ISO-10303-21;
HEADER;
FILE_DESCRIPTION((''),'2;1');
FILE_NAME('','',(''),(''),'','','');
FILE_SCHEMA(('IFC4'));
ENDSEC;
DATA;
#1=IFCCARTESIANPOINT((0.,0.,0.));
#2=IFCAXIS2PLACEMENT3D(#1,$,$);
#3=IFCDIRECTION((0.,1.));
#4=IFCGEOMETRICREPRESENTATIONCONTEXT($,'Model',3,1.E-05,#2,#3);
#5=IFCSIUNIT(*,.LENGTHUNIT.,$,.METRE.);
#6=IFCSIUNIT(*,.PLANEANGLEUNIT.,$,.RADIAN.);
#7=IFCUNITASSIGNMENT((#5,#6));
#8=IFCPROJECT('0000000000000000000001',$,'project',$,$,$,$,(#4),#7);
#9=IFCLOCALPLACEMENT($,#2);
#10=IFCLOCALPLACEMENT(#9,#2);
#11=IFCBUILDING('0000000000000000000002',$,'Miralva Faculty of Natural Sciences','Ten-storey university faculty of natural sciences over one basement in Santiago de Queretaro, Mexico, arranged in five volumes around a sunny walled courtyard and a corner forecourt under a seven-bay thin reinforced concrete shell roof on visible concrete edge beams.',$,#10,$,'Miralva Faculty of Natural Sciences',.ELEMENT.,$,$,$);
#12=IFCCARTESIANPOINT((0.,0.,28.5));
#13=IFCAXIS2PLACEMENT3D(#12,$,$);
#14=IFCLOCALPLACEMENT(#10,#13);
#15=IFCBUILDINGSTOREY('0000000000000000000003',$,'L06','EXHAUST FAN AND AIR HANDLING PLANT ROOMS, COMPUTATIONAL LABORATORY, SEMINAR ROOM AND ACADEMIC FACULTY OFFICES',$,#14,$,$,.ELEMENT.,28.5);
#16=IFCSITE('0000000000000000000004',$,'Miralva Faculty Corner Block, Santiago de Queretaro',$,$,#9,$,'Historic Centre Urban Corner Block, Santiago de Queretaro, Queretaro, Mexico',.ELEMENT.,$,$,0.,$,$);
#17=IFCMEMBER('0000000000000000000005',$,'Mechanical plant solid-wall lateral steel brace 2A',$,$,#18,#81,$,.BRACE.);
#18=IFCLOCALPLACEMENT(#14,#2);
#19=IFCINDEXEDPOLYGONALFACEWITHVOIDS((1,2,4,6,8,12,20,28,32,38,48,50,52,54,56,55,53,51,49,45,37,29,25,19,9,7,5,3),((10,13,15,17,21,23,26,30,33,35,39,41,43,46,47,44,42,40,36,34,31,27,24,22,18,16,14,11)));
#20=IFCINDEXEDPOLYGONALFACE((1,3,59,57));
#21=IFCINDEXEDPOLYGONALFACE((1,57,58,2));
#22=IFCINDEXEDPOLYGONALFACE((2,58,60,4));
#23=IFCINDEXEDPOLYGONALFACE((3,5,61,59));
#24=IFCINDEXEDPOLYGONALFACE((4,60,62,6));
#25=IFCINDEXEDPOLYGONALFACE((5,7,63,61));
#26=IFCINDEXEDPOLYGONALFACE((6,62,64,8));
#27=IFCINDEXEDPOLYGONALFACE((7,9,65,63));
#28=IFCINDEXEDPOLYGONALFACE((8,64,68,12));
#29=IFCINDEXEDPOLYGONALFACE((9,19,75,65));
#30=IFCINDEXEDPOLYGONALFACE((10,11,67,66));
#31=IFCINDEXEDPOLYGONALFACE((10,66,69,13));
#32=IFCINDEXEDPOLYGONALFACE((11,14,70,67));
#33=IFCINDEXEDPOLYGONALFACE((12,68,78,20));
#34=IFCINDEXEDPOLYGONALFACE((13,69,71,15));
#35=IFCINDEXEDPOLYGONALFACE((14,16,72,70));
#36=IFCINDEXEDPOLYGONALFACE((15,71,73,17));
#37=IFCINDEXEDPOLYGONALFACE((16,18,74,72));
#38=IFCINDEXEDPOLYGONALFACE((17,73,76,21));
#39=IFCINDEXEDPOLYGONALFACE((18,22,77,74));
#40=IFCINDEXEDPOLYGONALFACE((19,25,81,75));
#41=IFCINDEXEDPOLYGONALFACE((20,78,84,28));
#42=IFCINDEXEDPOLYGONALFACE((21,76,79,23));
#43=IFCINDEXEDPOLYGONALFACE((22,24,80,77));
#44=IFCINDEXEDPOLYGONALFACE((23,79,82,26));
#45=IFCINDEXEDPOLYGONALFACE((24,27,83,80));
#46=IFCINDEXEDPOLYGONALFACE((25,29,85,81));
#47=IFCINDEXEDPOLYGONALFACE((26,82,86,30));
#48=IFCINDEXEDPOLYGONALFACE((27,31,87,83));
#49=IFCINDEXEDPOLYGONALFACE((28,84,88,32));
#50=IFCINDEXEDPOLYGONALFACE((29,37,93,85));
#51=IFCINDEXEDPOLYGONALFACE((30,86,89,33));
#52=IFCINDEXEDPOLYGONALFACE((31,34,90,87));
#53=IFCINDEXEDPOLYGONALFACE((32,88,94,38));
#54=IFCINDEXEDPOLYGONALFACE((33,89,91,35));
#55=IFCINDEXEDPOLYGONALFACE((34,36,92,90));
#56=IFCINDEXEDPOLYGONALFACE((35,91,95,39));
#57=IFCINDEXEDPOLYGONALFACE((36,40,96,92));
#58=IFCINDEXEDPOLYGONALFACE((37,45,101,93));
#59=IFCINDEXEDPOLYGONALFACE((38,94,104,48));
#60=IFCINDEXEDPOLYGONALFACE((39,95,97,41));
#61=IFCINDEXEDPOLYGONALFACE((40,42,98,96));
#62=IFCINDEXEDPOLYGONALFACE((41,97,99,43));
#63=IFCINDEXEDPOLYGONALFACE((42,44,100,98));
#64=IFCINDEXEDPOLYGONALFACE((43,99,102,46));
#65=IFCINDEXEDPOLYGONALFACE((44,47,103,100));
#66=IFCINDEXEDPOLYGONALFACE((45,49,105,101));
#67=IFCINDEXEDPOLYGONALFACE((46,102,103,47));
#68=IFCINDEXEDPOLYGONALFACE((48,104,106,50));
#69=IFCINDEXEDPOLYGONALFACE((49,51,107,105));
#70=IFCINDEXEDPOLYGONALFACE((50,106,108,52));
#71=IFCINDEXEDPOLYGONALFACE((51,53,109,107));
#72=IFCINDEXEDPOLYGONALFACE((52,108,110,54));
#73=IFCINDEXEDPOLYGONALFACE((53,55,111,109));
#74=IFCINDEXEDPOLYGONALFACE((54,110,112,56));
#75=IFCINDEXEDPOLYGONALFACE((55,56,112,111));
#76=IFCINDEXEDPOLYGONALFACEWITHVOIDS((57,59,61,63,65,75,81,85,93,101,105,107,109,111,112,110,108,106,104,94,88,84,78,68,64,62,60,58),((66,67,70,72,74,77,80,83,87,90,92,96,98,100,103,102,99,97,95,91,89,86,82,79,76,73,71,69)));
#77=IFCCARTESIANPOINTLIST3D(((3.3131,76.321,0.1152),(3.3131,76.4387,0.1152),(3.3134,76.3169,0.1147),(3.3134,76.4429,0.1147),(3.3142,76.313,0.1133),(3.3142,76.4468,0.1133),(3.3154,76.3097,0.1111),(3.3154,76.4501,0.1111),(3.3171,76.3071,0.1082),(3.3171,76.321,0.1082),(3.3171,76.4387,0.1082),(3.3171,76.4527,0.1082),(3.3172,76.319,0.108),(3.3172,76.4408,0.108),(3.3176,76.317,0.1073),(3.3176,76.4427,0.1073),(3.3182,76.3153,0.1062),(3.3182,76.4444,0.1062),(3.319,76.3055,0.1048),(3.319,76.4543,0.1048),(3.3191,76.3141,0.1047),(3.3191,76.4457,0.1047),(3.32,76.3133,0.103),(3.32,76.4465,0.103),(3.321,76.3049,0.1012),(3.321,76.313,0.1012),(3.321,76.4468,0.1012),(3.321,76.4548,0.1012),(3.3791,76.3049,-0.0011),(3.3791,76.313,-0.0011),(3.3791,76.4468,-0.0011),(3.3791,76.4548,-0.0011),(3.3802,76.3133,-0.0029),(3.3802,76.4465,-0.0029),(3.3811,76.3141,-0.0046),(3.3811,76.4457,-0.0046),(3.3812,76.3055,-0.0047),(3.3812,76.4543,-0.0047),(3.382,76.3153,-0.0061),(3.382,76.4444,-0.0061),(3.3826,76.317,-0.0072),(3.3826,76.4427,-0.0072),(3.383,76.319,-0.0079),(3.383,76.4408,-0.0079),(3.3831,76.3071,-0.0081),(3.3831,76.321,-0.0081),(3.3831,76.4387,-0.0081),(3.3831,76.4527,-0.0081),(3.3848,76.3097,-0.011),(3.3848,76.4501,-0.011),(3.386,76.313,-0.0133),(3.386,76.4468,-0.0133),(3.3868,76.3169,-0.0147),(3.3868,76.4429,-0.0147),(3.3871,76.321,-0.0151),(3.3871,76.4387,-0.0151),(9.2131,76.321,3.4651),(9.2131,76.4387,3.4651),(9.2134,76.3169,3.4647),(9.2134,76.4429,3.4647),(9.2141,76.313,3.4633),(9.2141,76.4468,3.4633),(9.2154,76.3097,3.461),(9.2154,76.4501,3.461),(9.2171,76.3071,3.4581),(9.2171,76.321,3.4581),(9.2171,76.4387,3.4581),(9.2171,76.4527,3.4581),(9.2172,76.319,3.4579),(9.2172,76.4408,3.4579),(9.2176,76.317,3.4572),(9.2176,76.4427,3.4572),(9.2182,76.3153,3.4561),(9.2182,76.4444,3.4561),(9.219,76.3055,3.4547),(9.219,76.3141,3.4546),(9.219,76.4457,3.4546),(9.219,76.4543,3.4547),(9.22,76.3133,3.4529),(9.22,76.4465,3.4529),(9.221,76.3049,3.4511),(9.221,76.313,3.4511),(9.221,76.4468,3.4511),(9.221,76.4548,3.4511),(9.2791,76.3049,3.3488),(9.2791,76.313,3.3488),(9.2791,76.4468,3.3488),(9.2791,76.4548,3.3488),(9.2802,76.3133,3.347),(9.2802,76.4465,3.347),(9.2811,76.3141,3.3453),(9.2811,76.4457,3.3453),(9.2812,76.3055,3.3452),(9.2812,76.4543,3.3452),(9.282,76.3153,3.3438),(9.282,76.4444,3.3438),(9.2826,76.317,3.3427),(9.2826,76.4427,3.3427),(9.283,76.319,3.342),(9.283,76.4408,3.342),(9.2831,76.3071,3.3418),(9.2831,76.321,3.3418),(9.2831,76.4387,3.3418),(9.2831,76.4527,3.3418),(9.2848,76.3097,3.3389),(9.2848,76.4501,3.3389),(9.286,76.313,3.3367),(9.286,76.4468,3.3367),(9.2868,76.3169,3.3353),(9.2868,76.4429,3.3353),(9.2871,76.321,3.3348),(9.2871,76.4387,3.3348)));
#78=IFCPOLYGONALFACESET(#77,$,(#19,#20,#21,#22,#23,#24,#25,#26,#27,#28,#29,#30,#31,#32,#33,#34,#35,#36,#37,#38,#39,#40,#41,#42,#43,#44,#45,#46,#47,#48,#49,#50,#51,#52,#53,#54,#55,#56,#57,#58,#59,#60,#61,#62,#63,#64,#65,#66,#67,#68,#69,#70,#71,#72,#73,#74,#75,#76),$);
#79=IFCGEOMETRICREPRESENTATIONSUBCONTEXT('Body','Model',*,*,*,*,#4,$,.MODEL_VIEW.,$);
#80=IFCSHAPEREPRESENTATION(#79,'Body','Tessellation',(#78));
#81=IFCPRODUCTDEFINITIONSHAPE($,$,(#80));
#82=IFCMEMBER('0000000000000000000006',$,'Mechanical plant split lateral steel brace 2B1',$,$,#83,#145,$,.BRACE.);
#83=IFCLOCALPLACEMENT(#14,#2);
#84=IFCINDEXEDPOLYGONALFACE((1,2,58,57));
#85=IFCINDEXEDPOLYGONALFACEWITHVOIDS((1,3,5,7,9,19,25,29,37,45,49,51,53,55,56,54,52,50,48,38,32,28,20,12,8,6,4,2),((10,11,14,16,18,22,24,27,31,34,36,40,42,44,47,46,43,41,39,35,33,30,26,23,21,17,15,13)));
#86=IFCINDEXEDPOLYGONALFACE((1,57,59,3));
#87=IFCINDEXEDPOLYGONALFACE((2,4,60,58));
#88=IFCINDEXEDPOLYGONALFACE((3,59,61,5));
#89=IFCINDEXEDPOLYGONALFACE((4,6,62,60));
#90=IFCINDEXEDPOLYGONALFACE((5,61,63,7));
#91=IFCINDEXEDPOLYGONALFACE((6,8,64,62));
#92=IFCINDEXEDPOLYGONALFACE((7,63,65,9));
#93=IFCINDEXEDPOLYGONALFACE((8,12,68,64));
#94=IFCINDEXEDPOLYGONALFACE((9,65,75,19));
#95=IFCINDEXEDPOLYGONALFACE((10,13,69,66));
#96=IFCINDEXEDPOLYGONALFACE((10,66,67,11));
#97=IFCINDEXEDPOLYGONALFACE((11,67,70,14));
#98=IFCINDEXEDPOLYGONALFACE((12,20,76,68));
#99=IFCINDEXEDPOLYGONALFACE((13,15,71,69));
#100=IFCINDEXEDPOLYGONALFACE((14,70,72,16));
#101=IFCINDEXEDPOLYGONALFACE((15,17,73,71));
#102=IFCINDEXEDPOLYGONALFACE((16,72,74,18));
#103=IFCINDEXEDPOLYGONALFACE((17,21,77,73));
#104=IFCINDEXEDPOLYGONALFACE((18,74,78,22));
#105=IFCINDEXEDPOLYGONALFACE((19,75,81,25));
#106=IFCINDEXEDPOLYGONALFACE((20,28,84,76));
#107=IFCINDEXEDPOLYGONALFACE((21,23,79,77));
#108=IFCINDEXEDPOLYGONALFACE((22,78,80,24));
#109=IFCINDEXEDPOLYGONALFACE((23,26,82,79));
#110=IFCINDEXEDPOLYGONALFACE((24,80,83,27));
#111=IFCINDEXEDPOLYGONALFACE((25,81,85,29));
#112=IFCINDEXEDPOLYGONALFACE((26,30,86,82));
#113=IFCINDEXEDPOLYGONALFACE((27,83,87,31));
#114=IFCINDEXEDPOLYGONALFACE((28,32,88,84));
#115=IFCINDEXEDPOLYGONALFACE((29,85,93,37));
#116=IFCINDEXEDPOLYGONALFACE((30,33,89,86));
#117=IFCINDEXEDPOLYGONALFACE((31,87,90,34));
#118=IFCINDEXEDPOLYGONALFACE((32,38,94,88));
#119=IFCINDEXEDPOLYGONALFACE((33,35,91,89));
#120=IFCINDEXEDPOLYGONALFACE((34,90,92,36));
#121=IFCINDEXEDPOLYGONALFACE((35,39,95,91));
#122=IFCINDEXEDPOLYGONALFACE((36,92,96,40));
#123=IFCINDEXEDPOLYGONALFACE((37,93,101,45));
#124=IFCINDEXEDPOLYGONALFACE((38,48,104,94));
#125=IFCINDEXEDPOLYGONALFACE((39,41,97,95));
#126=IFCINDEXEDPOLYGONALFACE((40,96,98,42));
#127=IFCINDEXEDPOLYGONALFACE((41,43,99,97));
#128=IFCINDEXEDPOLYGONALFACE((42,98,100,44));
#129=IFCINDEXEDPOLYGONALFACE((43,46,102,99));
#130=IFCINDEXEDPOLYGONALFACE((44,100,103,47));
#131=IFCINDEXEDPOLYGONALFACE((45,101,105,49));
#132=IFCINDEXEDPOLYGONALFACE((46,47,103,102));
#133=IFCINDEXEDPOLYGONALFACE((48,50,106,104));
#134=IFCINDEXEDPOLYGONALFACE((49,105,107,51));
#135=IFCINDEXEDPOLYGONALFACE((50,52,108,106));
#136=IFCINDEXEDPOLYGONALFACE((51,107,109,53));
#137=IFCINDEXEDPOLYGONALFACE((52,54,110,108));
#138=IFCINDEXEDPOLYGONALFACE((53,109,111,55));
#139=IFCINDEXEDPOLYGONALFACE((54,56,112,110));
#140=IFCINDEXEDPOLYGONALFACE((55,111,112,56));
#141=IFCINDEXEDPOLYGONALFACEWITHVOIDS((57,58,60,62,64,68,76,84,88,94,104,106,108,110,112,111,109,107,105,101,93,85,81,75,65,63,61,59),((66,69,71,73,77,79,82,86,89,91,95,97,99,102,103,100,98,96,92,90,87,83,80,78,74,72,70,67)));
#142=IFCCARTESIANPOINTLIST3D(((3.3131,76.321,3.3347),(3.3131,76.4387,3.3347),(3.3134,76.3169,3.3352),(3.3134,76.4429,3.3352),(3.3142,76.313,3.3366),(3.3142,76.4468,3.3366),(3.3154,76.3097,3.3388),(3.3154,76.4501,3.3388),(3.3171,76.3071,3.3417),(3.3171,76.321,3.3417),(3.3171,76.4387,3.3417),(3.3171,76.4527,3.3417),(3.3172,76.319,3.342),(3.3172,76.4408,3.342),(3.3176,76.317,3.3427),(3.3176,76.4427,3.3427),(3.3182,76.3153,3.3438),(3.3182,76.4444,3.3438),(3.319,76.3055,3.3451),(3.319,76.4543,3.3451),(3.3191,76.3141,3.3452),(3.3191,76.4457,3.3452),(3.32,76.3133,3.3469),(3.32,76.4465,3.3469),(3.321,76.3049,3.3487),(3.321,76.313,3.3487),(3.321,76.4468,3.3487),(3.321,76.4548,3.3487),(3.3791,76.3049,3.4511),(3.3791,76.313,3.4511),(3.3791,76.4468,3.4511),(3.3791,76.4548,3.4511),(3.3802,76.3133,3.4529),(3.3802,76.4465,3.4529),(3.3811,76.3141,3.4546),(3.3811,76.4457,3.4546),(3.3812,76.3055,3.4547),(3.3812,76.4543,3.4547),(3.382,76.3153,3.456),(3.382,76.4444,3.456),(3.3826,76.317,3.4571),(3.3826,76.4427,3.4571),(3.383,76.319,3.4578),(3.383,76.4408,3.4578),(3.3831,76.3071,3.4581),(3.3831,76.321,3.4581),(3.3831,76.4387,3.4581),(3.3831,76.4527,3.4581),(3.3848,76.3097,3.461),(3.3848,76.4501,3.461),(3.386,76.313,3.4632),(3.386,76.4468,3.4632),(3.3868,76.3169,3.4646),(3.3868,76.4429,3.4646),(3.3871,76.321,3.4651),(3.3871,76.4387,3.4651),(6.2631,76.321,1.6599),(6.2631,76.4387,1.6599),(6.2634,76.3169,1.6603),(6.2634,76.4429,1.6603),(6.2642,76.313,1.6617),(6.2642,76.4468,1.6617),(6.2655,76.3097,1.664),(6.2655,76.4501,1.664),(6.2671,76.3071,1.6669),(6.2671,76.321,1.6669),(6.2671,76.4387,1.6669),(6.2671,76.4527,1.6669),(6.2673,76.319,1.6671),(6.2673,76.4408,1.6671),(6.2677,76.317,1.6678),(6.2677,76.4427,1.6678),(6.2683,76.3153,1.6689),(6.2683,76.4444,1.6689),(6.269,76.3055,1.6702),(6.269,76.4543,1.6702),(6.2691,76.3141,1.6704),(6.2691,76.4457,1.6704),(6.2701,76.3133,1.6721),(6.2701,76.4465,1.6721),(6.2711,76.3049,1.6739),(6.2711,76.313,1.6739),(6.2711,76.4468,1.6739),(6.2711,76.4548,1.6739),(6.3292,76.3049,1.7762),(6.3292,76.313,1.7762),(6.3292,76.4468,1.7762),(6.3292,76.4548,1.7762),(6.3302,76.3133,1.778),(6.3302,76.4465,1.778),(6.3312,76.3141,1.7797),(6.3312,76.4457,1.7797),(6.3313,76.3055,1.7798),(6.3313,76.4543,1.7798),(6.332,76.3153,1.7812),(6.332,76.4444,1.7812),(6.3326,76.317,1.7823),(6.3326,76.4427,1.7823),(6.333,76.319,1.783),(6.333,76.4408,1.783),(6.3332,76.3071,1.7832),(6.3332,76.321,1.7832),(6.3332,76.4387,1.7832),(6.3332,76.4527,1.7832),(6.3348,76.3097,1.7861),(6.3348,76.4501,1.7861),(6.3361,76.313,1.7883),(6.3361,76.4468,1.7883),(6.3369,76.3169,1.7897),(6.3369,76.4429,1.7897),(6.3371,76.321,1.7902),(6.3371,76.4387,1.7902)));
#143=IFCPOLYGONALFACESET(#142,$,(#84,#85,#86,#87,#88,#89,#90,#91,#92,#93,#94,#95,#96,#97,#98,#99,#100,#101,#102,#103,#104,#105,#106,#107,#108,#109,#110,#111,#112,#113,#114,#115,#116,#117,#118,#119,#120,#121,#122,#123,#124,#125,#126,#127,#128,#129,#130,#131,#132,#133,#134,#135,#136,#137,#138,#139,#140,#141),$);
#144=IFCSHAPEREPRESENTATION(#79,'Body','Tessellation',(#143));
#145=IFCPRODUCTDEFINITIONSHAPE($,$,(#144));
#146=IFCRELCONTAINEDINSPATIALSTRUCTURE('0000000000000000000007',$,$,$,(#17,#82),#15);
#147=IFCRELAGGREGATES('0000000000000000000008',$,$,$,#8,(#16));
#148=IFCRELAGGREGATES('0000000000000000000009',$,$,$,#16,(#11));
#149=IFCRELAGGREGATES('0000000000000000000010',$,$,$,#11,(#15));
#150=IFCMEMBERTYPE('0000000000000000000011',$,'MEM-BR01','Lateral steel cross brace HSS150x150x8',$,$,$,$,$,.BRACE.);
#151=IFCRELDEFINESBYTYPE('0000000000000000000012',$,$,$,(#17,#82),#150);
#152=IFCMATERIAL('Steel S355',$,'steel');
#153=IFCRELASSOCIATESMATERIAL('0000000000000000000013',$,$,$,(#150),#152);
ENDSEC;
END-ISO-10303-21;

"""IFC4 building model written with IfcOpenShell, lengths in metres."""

from ifc_helpers import new_model, si_unit, direction, frame, origin, origin_2d, place, context, subcontext, project, spatial, hollow_rectangle, extrude, material, material_profile, profile_set, type_object, element, save


model = new_model("IFC4")

# Units and contexts
model_context = context("Model", 3, precision=1e-05, world=origin(), true_north=direction((0.0, 1.0)))
body_context = subcontext(model_context, "Body", "Model", "MODEL_VIEW")
ifc_project = project(units=[si_unit("LENGTHUNIT", "METRE"), si_unit("PLANEANGLEUNIT", "RADIAN")], contexts=[model_context])

# Site, building, storey
site_placement = place(None, origin())
site = spatial("IfcSite", under=ifc_project, at=site_placement, Name="Miralva Faculty Corner Block, Santiago de Queretaro", LongName="Historic Centre Urban Corner Block, Santiago de Queretaro, Queretaro, Mexico", CompositionType="ELEMENT", RefElevation=0.0)
building_placement = place(site_placement, origin())
building = spatial("IfcBuilding", under=site, at=building_placement, Name="Miralva Faculty of Natural Sciences", Description="Ten-storey university faculty of natural sciences over one basement in Santiago de Queretaro, Mexico, arranged in five volumes around a sunny walled courtyard and a corner forecourt under a seven-bay thin reinforced concrete shell roof on visible concrete edge beams.", LongName="Miralva Faculty of Natural Sciences", CompositionType="ELEMENT")
storey_placement = place(building_placement, frame((0.0, 0.0, 28.5)))
storey = spatial("IfcBuildingStorey", under=building, at=storey_placement, Name="L06", Description="EXHAUST FAN AND AIR HANDLING PLANT ROOMS, COMPUTATIONAL LABORATORY, SEMINAR ROOM AND ACADEMIC FACULTY OFFICES", CompositionType="ELEMENT", Elevation=28.5)

# Members
ifc_material_1 = material(Name="Steel S355", Category="steel")
ifc_material_profile_1 = material_profile(ifc_material_1, hollow_rectangle(XDim=0.1499, YDim=0.1499, WallThickness=0.0081, InnerFilletRadius=0.0081, OuterFilletRadius=0.0161, at=origin_2d()), Name="HSS 150x150x8")
ifc_profile_set_1 = profile_set([ifc_material_profile_1], Name="Steel S355")
member_type = type_object("IfcMemberType", Name="MEM-BR01", Description="Lateral steel cross brace HSS150x150x8", PredefinedType="BRACE", material=ifc_profile_set_1)
member_1_placement = place(storey_placement, frame((3.3501, 76.3799, 0.05), z_axis=(0.869606, 0.0, 0.493746), x_axis=(0.0, 1.0, 0.0)))
element("IfcMember", 1, at=member_1_placement, inside=storey, type_object=member_type, Name="Mechanical plant solid-wall lateral steel brace 2A", PredefinedType="BRACE", context=body_context, shape_type="SweptSolid", body=[
    extrude(hollow_rectangle(XDim=0.1499, YDim=0.1499, WallThickness=0.0081, InnerFilletRadius=0.0081, OuterFilletRadius=0.0161, at=origin_2d()), origin(), (0.0, 0.0, 1.0), 6.7847),
])
for number, where, z_axis, x_axis, name in (
    (2, (3.3501, 76.3799, 3.3999), (0.869622, 0.0, -0.493719), (0.0, 1.0, 0.0), "Mechanical plant split lateral steel brace 2B1"),
):
    element("IfcMember", number, at=place(storey_placement, frame(where, z_axis=z_axis, x_axis=x_axis)), inside=storey, type_object=member_type, Name=name, PredefinedType="BRACE", context=body_context, shape_type="SweptSolid", body=[
        extrude(hollow_rectangle(XDim=0.1499, YDim=0.1499, WallThickness=0.0081, InnerFilletRadius=0.0081, OuterFilletRadius=0.0161, at=origin_2d()), origin(), (0.0, 0.0, 1.0), 3.3923),
    ])

save(model, "model.ifc")
